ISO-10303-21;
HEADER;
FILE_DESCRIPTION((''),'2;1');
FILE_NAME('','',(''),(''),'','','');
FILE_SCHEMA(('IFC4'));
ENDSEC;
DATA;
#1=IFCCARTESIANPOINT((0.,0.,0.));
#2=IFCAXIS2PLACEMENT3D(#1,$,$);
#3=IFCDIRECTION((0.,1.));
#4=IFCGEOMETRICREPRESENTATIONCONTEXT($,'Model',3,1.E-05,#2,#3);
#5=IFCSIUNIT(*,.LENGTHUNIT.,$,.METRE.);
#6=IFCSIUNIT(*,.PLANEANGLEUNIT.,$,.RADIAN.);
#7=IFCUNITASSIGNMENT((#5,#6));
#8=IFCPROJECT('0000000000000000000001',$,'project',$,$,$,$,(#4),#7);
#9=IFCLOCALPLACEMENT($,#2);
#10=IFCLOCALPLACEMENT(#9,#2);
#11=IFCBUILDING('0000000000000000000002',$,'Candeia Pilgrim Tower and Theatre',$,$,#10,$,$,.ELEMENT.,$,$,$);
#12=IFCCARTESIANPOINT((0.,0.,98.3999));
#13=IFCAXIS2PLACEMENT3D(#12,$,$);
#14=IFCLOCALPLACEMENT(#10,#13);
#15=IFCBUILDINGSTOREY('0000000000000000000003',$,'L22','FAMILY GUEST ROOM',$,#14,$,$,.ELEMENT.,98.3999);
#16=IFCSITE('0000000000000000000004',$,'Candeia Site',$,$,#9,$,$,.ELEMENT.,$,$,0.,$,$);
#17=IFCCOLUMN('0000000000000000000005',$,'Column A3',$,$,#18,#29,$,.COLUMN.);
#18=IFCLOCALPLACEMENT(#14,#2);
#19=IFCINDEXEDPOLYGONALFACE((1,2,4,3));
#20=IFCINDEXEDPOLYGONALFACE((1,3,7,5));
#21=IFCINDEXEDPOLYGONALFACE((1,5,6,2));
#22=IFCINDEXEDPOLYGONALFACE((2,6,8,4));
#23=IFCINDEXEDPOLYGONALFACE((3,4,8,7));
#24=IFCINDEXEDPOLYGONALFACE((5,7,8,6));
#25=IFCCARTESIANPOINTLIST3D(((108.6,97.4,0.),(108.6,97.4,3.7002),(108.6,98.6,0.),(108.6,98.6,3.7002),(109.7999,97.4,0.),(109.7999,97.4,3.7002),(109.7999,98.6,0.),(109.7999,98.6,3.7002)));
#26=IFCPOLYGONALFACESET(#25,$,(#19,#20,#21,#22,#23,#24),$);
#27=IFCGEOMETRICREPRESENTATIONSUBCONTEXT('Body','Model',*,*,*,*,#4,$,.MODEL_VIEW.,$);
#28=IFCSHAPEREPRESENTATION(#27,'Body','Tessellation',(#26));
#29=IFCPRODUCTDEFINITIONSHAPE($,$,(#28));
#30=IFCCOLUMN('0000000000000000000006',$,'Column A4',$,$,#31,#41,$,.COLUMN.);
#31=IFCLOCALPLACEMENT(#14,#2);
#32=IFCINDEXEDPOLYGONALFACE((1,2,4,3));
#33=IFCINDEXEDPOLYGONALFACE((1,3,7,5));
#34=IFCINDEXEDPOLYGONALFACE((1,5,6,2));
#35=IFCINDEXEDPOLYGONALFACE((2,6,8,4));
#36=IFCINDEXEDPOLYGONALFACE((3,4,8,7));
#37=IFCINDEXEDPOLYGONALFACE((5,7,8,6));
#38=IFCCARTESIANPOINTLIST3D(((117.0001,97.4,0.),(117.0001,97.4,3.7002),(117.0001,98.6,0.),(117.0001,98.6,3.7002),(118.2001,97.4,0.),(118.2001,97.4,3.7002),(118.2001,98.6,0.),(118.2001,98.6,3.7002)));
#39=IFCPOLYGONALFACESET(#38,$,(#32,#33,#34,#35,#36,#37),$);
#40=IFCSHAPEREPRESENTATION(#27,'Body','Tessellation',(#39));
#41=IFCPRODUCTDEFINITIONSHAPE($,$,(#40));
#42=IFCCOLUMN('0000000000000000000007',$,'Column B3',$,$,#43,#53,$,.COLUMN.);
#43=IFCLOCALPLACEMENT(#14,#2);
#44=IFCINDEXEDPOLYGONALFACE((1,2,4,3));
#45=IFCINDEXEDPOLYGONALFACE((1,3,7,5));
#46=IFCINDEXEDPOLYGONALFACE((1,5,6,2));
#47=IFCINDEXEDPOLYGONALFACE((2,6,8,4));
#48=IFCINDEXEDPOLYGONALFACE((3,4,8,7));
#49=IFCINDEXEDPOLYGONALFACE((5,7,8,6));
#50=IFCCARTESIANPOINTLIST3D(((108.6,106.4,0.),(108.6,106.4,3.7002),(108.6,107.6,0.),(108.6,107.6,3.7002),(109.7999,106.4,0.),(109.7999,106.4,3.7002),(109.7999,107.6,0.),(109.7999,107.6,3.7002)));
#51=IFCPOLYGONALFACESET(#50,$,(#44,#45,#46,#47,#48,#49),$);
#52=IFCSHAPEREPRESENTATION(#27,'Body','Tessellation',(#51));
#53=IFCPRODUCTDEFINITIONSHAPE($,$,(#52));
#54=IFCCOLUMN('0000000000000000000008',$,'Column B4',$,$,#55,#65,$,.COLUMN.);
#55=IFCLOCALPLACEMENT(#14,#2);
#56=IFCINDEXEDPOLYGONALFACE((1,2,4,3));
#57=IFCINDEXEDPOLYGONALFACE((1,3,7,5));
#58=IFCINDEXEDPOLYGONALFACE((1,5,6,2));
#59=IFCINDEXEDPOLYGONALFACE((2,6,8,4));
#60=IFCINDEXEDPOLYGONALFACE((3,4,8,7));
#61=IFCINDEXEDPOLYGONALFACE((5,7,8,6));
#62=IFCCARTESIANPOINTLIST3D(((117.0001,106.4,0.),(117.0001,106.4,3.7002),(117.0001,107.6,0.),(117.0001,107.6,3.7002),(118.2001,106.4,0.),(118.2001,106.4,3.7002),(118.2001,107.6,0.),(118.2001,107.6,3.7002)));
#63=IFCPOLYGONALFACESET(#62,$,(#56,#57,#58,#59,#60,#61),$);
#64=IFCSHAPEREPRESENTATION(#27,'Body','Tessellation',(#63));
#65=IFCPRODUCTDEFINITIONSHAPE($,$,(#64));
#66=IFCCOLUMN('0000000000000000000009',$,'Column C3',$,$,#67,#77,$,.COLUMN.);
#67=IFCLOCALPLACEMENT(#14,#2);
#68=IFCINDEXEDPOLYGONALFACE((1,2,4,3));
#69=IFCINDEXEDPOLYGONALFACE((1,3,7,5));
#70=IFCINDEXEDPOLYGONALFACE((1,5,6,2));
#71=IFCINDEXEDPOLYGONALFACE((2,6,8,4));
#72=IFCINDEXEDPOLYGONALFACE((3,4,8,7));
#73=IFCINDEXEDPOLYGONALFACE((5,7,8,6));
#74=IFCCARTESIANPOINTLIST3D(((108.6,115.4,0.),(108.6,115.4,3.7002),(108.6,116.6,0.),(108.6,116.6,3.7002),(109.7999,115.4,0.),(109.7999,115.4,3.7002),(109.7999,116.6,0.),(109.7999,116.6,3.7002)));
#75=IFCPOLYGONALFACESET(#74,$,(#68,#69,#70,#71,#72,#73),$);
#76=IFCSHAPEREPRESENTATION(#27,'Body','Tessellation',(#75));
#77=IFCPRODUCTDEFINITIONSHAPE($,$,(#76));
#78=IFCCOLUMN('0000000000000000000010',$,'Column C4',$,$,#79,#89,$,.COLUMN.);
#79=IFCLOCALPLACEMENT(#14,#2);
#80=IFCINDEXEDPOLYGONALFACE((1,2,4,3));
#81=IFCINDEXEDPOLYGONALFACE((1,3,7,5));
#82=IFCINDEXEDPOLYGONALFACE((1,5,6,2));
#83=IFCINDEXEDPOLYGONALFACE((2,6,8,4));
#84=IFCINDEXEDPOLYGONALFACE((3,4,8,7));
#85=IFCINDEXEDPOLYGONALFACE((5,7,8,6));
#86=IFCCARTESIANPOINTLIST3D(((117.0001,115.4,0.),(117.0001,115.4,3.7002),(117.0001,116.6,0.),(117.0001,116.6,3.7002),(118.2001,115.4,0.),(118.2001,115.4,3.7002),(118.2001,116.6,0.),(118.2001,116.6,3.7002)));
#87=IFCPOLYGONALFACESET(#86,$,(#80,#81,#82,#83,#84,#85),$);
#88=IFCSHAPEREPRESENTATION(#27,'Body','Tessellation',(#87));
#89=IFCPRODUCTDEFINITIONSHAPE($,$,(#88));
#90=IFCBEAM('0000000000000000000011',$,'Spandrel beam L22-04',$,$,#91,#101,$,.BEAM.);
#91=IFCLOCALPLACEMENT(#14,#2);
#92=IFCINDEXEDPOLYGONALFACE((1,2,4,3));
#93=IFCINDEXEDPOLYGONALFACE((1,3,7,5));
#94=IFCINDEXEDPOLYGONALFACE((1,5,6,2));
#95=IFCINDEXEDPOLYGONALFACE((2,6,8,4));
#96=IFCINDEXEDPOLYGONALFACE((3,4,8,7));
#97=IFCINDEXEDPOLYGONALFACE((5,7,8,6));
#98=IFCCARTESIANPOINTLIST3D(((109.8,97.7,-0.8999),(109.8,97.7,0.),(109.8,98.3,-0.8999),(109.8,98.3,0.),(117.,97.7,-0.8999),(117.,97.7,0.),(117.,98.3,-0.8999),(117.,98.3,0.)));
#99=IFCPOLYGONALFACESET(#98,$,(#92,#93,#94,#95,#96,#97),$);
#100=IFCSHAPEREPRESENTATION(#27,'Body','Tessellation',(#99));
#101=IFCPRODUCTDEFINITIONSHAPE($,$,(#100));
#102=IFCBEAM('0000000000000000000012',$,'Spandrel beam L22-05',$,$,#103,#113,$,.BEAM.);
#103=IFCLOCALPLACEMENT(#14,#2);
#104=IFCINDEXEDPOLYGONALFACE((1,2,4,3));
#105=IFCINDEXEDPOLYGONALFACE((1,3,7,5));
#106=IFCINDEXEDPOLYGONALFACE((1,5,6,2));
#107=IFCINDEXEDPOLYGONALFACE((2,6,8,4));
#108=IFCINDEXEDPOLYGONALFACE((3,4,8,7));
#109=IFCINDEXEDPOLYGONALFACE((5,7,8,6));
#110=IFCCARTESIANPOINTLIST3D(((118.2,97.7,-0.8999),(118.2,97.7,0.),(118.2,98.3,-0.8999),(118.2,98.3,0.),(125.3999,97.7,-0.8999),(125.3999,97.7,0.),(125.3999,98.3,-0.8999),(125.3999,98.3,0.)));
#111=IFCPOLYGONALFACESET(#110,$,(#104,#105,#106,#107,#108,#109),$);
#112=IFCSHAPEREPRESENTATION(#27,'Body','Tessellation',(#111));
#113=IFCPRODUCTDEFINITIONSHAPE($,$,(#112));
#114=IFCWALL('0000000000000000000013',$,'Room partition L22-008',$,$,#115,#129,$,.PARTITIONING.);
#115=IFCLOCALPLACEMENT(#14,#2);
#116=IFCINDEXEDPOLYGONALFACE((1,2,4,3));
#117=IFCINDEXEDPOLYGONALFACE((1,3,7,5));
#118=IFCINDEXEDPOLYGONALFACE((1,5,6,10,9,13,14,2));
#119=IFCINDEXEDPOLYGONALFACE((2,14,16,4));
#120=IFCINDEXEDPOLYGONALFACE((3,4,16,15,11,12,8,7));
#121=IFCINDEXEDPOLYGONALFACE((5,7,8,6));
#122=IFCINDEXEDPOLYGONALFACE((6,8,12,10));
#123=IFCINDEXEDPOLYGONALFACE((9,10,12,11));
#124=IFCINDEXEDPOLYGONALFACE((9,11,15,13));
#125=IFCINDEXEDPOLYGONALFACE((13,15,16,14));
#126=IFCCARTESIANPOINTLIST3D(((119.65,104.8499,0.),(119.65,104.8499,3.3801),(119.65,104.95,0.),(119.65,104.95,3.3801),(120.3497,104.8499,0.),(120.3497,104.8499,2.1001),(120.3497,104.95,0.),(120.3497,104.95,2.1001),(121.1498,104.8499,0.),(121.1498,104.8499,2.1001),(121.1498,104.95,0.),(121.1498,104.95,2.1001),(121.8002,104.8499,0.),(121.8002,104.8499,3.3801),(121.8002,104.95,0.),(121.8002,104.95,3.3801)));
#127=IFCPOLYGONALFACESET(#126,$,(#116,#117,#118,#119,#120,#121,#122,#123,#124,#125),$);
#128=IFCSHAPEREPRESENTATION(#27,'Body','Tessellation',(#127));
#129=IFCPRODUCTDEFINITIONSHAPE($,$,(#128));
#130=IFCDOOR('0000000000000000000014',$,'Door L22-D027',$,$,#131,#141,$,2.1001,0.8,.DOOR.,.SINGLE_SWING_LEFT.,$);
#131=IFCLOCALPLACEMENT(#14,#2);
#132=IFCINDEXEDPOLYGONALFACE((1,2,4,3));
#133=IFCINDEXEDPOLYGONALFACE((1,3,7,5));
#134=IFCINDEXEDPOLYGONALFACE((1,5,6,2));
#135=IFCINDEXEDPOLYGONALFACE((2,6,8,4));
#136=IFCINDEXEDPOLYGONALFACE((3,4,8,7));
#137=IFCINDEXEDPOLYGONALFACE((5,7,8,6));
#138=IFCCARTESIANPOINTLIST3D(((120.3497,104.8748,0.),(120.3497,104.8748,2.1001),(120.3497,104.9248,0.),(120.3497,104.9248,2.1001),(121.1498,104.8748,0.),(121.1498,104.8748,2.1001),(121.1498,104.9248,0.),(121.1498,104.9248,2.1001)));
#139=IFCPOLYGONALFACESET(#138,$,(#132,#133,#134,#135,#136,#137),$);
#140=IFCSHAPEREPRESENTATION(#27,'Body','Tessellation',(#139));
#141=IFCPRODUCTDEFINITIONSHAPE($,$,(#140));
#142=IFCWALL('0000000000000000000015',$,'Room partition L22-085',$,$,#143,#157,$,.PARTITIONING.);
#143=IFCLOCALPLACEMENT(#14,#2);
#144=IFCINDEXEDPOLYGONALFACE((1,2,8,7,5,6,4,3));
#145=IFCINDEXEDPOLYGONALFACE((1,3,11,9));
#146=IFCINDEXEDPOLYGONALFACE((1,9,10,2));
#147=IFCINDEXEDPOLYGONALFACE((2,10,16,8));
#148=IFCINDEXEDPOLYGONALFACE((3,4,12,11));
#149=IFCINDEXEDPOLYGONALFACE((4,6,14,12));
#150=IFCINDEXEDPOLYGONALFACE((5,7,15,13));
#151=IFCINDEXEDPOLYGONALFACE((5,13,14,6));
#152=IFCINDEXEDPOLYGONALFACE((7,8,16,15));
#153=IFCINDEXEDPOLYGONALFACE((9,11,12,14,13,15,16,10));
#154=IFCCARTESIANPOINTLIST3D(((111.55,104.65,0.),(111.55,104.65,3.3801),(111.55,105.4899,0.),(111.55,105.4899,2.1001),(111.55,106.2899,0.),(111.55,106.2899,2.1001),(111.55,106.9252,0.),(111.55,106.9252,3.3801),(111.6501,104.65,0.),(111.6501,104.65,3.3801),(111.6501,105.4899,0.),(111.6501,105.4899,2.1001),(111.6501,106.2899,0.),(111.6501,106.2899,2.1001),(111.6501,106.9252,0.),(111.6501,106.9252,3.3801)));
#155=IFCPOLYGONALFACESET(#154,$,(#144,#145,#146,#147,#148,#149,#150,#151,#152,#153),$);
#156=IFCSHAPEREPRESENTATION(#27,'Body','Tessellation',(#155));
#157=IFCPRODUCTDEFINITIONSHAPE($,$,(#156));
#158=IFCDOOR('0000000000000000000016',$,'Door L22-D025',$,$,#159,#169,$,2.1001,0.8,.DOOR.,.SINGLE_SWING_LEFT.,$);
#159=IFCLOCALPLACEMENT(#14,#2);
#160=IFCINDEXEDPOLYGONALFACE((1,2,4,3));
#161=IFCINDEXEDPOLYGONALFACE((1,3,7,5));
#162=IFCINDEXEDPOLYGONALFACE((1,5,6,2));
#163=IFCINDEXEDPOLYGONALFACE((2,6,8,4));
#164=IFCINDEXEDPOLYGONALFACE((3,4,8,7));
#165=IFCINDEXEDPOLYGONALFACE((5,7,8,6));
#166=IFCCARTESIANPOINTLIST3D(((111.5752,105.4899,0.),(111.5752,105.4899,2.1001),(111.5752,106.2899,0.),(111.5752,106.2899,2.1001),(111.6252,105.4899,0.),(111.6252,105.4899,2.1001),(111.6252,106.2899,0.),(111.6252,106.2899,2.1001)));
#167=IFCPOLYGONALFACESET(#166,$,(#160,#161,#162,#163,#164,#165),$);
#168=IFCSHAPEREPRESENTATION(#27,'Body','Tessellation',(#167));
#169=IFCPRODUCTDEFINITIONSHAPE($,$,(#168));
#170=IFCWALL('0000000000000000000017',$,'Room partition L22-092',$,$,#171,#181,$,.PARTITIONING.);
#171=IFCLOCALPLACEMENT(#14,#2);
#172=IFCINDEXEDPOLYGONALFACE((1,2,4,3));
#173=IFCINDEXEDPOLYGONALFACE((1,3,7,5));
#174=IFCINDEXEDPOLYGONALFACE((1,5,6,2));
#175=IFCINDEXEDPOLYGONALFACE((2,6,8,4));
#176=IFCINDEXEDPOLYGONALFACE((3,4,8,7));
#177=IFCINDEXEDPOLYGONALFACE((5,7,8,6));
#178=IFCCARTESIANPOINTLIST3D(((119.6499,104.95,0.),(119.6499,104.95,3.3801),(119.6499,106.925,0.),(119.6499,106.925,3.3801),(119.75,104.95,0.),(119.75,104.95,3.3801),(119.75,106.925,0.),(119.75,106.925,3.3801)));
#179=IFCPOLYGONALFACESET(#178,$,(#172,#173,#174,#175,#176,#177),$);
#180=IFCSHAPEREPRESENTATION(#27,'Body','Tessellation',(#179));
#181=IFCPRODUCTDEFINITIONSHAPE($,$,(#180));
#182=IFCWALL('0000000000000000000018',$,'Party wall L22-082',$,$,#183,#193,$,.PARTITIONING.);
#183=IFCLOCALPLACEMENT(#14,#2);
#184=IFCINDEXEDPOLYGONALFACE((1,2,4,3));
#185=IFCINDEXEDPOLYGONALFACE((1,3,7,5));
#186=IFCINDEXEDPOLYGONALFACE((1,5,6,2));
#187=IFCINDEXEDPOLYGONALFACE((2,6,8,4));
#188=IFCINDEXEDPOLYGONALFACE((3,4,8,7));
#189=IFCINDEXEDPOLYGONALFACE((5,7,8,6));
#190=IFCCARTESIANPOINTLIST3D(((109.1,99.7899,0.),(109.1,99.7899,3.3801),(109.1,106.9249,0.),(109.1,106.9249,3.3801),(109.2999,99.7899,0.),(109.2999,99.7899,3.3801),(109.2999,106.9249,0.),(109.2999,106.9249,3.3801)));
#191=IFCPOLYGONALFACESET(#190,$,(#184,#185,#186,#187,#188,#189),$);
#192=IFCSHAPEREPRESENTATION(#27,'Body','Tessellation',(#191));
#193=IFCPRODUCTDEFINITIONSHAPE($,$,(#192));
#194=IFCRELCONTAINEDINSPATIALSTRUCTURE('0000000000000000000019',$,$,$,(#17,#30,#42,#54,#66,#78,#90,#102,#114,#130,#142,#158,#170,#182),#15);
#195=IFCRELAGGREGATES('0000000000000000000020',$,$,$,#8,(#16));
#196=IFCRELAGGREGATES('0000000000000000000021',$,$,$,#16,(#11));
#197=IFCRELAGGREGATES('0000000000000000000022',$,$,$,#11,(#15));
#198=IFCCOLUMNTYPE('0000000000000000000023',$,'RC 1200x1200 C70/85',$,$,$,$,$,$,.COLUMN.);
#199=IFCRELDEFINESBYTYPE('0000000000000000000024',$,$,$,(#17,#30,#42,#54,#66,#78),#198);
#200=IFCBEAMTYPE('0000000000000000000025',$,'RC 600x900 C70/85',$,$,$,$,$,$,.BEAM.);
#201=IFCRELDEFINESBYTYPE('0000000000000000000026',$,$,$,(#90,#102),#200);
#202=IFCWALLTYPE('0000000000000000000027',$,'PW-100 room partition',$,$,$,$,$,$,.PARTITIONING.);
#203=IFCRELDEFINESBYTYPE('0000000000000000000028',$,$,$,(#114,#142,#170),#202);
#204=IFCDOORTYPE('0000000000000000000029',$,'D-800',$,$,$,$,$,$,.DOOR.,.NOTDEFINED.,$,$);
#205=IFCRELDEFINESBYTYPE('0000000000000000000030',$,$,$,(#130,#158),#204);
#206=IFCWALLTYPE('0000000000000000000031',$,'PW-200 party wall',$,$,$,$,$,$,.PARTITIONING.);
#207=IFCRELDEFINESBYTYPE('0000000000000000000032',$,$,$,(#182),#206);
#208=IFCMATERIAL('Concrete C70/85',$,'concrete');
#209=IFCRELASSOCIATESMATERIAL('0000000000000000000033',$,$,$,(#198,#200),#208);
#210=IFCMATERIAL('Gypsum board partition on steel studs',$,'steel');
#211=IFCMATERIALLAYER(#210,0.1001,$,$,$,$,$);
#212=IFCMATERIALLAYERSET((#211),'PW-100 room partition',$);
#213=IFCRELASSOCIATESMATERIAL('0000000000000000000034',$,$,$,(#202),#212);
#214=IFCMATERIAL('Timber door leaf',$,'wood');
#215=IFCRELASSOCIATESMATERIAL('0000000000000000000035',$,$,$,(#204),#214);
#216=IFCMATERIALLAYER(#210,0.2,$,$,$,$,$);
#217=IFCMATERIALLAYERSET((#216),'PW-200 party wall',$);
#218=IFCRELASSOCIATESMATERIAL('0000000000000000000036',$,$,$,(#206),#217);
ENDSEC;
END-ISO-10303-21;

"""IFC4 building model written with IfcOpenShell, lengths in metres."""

from ifc_helpers import new_model, si_unit, direction, frame, frame_2d, origin, origin_2d, place, context, subcontext, project, spatial, rectangle, extrude, material, layer, layer_set, material_profile, profile_set, type_object, element, fill, save


model = new_model("IFC4")

# Units and contexts
model_context = context("Model", 3, precision=1e-05, world=origin(), true_north=direction((0.0, 1.0)))
body_context = subcontext(model_context, "Body", "Model", "MODEL_VIEW")
ifc_project = project(units=[si_unit("LENGTHUNIT", "METRE"), si_unit("PLANEANGLEUNIT", "RADIAN")], contexts=[model_context])

# Site, building, storey
site_placement = place(None, origin())
site = spatial("IfcSite", under=ifc_project, at=site_placement, Name="Candeia Site", CompositionType="ELEMENT", RefElevation=0.0)
building_placement = place(site_placement, origin())
building = spatial("IfcBuilding", under=site, at=building_placement, Name="Candeia Pilgrim Tower and Theatre", CompositionType="ELEMENT")
storey_placement = place(building_placement, frame((0.0, 0.0, 98.3999)))
storey = spatial("IfcBuildingStorey", under=building, at=storey_placement, Name="L22", Description="FAMILY GUEST ROOM", CompositionType="ELEMENT", Elevation=98.3999)

# Columns
ifc_material_1 = material(Name="Concrete C70/85", Category="concrete")
ifc_material_profile_1 = material_profile(ifc_material_1, rectangle(XDim=1.2, YDim=1.2, at=origin_2d()))
ifc_profile_set_1 = profile_set([ifc_material_profile_1], Name="Concrete C70/85")
column_type = type_object("IfcColumnType", Name="RC 1200x1200 C70/85", PredefinedType="COLUMN", material=ifc_profile_set_1)
for number, where, z_axis, x_axis, name in (
    (1, (109.2, 98.0, 0.0), (0.0, 0.0, 1.0), (1.0, 0.0, 0.0), "Column A3"),
    (2, (117.6001, 98.0, 0.0), (0.0, 0.0, 1.0), (1.0, 0.0, 0.0), "Column A4"),
    (3, (109.2, 107.0, 0.0), (0.0, 0.0, 1.0), (1.0, 0.0, 0.0), "Column B3"),
    (4, (117.6001, 107.0, 0.0), (0.0, 0.0, 1.0), (1.0, 0.0, 0.0), "Column B4"),
    (5, (109.2, 116.0, 0.0), (0.0, 0.0, 1.0), (1.0, 0.0, 0.0), "Column C3"),
    (6, (117.6001, 116.0, 0.0), (0.0, 0.0, 1.0), (1.0, 0.0, 0.0), "Column C4"),
):
    element("IfcColumn", number, at=place(storey_placement, frame(where, z_axis=z_axis, x_axis=x_axis)), inside=storey, type_object=column_type, Name=name, PredefinedType="COLUMN", context=body_context, shape_type="SweptSolid", body=[
        extrude(rectangle(XDim=1.2, YDim=1.2, at=origin_2d()), origin(), (0.0, 0.0, 1.0), 3.7002),
    ])

# Beams
ifc_material_profile_2 = material_profile(ifc_material_1, rectangle(XDim=0.6001, YDim=0.8999, at=origin_2d()))
ifc_profile_set_2 = profile_set([ifc_material_profile_2], Name="Concrete C70/85")
beam_type = type_object("IfcBeamType", Name="RC 600x900 C70/85", PredefinedType="BEAM", material=ifc_profile_set_2)
for number, where, z_axis, x_axis, name in (
    (7, (109.8, 98.0, -0.45), (1.0, 0.0, 0.0), (0.0, 1.0, 0.0), "Spandrel beam L22-04"),
    (8, (118.2, 98.0, -0.45), (1.0, 0.0, 0.0), (0.0, 1.0, 0.0), "Spandrel beam L22-05"),
):
    element("IfcBeam", number, at=place(storey_placement, frame(where, z_axis=z_axis, x_axis=x_axis)), inside=storey, type_object=beam_type, Name=name, PredefinedType="BEAM", context=body_context, shape_type="SweptSolid", body=[
        extrude(rectangle(XDim=0.6001, YDim=0.8999, at=origin_2d()), origin(), (0.0, 0.0, 1.0), 7.2),
    ])

# Walls, openings, doors
ifc_material_2 = material(Name="Gypsum board partition on steel studs", Category="steel")
ifc_layer_1 = layer(ifc_material_2, 0.1001)
ifc_layer_set_1 = layer_set([ifc_layer_1], Name="PW-100 room partition")
wall_type_1 = type_object("IfcWallType", Name="PW-100 room partition", PredefinedType="PARTITIONING", material=ifc_layer_set_1)
wall_1_placement = place(storey_placement, frame((119.6499, 104.8999, 0.0), z_axis=(0.0, 0.0, 1.0), x_axis=(1.0, 0.0, 0.0)))
wall_1 = element("IfcWall", 9, at=wall_1_placement, inside=storey, type_object=wall_type_1, Name="Room partition L22-008", PredefinedType="PARTITIONING", context=body_context, shape_type="SweptSolid", body=[
    extrude(rectangle(XDim=2.1501, YDim=0.1001, at=frame_2d((1.0752, 0.0))), origin(), (0.0, 0.0, 1.0), 3.3801),
])
opening_1_placement = place(wall_1_placement, frame((0.7, 0.0, 0.0)))
opening_1 = element("IfcOpeningElement", 10, at=opening_1_placement, cuts=wall_1, PredefinedType="OPENING", context=body_context, shape_type="SweptSolid", body=[
    extrude(rectangle(XDim=0.8, YDim=2.1001, at=frame_2d((0.3999, 1.05))), frame((0.0, 0.0601, 0.0), z_axis=(0.0, -1.0, 0.0), x_axis=(1.0, 0.0, 0.0)), (0.0, 0.0, 1.0), 0.1201),
])
ifc_material_3 = material(Name="Timber door leaf", Category="wood")
door_type = type_object("IfcDoorType", Name="D-800", OperationType="NOTDEFINED", PredefinedType="DOOR", material=ifc_material_3)
door_1_placement = place(opening_1_placement, origin())
door_1 = element("IfcDoor", 11, at=door_1_placement, inside=storey, type_object=door_type, Name="Door L22-D027", OperationType="SINGLE_SWING_LEFT", OverallHeight=2.1001, OverallWidth=0.8, PredefinedType="DOOR", context=body_context, shape_type="SweptSolid", body=[
    extrude(rectangle(XDim=0.8, YDim=2.1001, at=frame_2d((0.3999, 1.05))), frame((0.0, 0.0249, 0.0), z_axis=(0.0, -1.0, 0.0), x_axis=(1.0, 0.0, 0.0)), (0.0, 0.0, 1.0), 0.05),
])
fill(opening_1, door_1)
wall_2_placement = place(storey_placement, frame((111.6001, 104.6499, 0.0), z_axis=(0.0, 0.0, 1.0), x_axis=(0.0, 1.0, 0.0)))
wall_2 = element("IfcWall", 12, at=wall_2_placement, inside=storey, type_object=wall_type_1, Name="Room partition L22-085", PredefinedType="PARTITIONING", context=body_context, shape_type="SweptSolid", body=[
    extrude(rectangle(XDim=2.2751, YDim=0.1001, at=frame_2d((1.1377, 0.0))), origin(), (0.0, 0.0, 1.0), 3.3801),
])
opening_2_placement = place(wall_2_placement, frame((0.8401, 0.0, 0.0)))
opening_2 = element("IfcOpeningElement", 13, at=opening_2_placement, cuts=wall_2, PredefinedType="OPENING", context=body_context, shape_type="SweptSolid", body=[
    extrude(rectangle(XDim=0.8, YDim=2.1001, at=frame_2d((0.3999, 1.05))), frame((0.0, 0.0601, 0.0), z_axis=(0.0, -1.0, 0.0), x_axis=(1.0, 0.0, 0.0)), (0.0, 0.0, 1.0), 0.1201),
])
door_2_placement = place(opening_2_placement, origin())
door_2 = element("IfcDoor", 14, at=door_2_placement, inside=storey, type_object=door_type, Name="Door L22-D025", OperationType="SINGLE_SWING_LEFT", OverallHeight=2.1001, OverallWidth=0.8, PredefinedType="DOOR", context=body_context, shape_type="SweptSolid", body=[
    extrude(rectangle(XDim=0.8, YDim=2.1001, at=frame_2d((0.3999, 1.05))), frame((0.0, 0.0249, 0.0), z_axis=(0.0, -1.0, 0.0), x_axis=(1.0, 0.0, 0.0)), (0.0, 0.0, 1.0), 0.05),
])
fill(opening_2, door_2)

# Walls
wall_3_placement = place(storey_placement, frame((119.7, 104.95, 0.0), z_axis=(0.0, 0.0, 1.0), x_axis=(0.0, 1.0, 0.0)))
element("IfcWall", 15, at=wall_3_placement, inside=storey, type_object=wall_type_1, Name="Room partition L22-092", PredefinedType="PARTITIONING", context=body_context, shape_type="SweptSolid", body=[
    extrude(rectangle(XDim=1.9751, YDim=0.1001, at=frame_2d((0.9875, 0.0))), origin(), (0.0, 0.0, 1.0), 3.3801),
])
ifc_layer_2 = layer(ifc_material_2, 0.2)
ifc_layer_set_2 = layer_set([ifc_layer_2], Name="PW-200 party wall")
wall_type_2 = type_object("IfcWallType", Name="PW-200 party wall", PredefinedType="PARTITIONING", material=ifc_layer_set_2)
wall_4_placement = place(storey_placement, frame((109.2, 99.79, 0.0), z_axis=(0.0, 0.0, 1.0), x_axis=(0.0, 1.0, 0.0)))
element("IfcWall", 16, at=wall_4_placement, inside=storey, type_object=wall_type_2, Name="Party wall L22-082", PredefinedType="PARTITIONING", context=body_context, shape_type="SweptSolid", body=[
    extrude(rectangle(XDim=7.135, YDim=0.2, at=frame_2d((3.5674, 0.0))), origin(), (0.0, 0.0, 1.0), 3.3801),
])

save(model, "model.ifc")
